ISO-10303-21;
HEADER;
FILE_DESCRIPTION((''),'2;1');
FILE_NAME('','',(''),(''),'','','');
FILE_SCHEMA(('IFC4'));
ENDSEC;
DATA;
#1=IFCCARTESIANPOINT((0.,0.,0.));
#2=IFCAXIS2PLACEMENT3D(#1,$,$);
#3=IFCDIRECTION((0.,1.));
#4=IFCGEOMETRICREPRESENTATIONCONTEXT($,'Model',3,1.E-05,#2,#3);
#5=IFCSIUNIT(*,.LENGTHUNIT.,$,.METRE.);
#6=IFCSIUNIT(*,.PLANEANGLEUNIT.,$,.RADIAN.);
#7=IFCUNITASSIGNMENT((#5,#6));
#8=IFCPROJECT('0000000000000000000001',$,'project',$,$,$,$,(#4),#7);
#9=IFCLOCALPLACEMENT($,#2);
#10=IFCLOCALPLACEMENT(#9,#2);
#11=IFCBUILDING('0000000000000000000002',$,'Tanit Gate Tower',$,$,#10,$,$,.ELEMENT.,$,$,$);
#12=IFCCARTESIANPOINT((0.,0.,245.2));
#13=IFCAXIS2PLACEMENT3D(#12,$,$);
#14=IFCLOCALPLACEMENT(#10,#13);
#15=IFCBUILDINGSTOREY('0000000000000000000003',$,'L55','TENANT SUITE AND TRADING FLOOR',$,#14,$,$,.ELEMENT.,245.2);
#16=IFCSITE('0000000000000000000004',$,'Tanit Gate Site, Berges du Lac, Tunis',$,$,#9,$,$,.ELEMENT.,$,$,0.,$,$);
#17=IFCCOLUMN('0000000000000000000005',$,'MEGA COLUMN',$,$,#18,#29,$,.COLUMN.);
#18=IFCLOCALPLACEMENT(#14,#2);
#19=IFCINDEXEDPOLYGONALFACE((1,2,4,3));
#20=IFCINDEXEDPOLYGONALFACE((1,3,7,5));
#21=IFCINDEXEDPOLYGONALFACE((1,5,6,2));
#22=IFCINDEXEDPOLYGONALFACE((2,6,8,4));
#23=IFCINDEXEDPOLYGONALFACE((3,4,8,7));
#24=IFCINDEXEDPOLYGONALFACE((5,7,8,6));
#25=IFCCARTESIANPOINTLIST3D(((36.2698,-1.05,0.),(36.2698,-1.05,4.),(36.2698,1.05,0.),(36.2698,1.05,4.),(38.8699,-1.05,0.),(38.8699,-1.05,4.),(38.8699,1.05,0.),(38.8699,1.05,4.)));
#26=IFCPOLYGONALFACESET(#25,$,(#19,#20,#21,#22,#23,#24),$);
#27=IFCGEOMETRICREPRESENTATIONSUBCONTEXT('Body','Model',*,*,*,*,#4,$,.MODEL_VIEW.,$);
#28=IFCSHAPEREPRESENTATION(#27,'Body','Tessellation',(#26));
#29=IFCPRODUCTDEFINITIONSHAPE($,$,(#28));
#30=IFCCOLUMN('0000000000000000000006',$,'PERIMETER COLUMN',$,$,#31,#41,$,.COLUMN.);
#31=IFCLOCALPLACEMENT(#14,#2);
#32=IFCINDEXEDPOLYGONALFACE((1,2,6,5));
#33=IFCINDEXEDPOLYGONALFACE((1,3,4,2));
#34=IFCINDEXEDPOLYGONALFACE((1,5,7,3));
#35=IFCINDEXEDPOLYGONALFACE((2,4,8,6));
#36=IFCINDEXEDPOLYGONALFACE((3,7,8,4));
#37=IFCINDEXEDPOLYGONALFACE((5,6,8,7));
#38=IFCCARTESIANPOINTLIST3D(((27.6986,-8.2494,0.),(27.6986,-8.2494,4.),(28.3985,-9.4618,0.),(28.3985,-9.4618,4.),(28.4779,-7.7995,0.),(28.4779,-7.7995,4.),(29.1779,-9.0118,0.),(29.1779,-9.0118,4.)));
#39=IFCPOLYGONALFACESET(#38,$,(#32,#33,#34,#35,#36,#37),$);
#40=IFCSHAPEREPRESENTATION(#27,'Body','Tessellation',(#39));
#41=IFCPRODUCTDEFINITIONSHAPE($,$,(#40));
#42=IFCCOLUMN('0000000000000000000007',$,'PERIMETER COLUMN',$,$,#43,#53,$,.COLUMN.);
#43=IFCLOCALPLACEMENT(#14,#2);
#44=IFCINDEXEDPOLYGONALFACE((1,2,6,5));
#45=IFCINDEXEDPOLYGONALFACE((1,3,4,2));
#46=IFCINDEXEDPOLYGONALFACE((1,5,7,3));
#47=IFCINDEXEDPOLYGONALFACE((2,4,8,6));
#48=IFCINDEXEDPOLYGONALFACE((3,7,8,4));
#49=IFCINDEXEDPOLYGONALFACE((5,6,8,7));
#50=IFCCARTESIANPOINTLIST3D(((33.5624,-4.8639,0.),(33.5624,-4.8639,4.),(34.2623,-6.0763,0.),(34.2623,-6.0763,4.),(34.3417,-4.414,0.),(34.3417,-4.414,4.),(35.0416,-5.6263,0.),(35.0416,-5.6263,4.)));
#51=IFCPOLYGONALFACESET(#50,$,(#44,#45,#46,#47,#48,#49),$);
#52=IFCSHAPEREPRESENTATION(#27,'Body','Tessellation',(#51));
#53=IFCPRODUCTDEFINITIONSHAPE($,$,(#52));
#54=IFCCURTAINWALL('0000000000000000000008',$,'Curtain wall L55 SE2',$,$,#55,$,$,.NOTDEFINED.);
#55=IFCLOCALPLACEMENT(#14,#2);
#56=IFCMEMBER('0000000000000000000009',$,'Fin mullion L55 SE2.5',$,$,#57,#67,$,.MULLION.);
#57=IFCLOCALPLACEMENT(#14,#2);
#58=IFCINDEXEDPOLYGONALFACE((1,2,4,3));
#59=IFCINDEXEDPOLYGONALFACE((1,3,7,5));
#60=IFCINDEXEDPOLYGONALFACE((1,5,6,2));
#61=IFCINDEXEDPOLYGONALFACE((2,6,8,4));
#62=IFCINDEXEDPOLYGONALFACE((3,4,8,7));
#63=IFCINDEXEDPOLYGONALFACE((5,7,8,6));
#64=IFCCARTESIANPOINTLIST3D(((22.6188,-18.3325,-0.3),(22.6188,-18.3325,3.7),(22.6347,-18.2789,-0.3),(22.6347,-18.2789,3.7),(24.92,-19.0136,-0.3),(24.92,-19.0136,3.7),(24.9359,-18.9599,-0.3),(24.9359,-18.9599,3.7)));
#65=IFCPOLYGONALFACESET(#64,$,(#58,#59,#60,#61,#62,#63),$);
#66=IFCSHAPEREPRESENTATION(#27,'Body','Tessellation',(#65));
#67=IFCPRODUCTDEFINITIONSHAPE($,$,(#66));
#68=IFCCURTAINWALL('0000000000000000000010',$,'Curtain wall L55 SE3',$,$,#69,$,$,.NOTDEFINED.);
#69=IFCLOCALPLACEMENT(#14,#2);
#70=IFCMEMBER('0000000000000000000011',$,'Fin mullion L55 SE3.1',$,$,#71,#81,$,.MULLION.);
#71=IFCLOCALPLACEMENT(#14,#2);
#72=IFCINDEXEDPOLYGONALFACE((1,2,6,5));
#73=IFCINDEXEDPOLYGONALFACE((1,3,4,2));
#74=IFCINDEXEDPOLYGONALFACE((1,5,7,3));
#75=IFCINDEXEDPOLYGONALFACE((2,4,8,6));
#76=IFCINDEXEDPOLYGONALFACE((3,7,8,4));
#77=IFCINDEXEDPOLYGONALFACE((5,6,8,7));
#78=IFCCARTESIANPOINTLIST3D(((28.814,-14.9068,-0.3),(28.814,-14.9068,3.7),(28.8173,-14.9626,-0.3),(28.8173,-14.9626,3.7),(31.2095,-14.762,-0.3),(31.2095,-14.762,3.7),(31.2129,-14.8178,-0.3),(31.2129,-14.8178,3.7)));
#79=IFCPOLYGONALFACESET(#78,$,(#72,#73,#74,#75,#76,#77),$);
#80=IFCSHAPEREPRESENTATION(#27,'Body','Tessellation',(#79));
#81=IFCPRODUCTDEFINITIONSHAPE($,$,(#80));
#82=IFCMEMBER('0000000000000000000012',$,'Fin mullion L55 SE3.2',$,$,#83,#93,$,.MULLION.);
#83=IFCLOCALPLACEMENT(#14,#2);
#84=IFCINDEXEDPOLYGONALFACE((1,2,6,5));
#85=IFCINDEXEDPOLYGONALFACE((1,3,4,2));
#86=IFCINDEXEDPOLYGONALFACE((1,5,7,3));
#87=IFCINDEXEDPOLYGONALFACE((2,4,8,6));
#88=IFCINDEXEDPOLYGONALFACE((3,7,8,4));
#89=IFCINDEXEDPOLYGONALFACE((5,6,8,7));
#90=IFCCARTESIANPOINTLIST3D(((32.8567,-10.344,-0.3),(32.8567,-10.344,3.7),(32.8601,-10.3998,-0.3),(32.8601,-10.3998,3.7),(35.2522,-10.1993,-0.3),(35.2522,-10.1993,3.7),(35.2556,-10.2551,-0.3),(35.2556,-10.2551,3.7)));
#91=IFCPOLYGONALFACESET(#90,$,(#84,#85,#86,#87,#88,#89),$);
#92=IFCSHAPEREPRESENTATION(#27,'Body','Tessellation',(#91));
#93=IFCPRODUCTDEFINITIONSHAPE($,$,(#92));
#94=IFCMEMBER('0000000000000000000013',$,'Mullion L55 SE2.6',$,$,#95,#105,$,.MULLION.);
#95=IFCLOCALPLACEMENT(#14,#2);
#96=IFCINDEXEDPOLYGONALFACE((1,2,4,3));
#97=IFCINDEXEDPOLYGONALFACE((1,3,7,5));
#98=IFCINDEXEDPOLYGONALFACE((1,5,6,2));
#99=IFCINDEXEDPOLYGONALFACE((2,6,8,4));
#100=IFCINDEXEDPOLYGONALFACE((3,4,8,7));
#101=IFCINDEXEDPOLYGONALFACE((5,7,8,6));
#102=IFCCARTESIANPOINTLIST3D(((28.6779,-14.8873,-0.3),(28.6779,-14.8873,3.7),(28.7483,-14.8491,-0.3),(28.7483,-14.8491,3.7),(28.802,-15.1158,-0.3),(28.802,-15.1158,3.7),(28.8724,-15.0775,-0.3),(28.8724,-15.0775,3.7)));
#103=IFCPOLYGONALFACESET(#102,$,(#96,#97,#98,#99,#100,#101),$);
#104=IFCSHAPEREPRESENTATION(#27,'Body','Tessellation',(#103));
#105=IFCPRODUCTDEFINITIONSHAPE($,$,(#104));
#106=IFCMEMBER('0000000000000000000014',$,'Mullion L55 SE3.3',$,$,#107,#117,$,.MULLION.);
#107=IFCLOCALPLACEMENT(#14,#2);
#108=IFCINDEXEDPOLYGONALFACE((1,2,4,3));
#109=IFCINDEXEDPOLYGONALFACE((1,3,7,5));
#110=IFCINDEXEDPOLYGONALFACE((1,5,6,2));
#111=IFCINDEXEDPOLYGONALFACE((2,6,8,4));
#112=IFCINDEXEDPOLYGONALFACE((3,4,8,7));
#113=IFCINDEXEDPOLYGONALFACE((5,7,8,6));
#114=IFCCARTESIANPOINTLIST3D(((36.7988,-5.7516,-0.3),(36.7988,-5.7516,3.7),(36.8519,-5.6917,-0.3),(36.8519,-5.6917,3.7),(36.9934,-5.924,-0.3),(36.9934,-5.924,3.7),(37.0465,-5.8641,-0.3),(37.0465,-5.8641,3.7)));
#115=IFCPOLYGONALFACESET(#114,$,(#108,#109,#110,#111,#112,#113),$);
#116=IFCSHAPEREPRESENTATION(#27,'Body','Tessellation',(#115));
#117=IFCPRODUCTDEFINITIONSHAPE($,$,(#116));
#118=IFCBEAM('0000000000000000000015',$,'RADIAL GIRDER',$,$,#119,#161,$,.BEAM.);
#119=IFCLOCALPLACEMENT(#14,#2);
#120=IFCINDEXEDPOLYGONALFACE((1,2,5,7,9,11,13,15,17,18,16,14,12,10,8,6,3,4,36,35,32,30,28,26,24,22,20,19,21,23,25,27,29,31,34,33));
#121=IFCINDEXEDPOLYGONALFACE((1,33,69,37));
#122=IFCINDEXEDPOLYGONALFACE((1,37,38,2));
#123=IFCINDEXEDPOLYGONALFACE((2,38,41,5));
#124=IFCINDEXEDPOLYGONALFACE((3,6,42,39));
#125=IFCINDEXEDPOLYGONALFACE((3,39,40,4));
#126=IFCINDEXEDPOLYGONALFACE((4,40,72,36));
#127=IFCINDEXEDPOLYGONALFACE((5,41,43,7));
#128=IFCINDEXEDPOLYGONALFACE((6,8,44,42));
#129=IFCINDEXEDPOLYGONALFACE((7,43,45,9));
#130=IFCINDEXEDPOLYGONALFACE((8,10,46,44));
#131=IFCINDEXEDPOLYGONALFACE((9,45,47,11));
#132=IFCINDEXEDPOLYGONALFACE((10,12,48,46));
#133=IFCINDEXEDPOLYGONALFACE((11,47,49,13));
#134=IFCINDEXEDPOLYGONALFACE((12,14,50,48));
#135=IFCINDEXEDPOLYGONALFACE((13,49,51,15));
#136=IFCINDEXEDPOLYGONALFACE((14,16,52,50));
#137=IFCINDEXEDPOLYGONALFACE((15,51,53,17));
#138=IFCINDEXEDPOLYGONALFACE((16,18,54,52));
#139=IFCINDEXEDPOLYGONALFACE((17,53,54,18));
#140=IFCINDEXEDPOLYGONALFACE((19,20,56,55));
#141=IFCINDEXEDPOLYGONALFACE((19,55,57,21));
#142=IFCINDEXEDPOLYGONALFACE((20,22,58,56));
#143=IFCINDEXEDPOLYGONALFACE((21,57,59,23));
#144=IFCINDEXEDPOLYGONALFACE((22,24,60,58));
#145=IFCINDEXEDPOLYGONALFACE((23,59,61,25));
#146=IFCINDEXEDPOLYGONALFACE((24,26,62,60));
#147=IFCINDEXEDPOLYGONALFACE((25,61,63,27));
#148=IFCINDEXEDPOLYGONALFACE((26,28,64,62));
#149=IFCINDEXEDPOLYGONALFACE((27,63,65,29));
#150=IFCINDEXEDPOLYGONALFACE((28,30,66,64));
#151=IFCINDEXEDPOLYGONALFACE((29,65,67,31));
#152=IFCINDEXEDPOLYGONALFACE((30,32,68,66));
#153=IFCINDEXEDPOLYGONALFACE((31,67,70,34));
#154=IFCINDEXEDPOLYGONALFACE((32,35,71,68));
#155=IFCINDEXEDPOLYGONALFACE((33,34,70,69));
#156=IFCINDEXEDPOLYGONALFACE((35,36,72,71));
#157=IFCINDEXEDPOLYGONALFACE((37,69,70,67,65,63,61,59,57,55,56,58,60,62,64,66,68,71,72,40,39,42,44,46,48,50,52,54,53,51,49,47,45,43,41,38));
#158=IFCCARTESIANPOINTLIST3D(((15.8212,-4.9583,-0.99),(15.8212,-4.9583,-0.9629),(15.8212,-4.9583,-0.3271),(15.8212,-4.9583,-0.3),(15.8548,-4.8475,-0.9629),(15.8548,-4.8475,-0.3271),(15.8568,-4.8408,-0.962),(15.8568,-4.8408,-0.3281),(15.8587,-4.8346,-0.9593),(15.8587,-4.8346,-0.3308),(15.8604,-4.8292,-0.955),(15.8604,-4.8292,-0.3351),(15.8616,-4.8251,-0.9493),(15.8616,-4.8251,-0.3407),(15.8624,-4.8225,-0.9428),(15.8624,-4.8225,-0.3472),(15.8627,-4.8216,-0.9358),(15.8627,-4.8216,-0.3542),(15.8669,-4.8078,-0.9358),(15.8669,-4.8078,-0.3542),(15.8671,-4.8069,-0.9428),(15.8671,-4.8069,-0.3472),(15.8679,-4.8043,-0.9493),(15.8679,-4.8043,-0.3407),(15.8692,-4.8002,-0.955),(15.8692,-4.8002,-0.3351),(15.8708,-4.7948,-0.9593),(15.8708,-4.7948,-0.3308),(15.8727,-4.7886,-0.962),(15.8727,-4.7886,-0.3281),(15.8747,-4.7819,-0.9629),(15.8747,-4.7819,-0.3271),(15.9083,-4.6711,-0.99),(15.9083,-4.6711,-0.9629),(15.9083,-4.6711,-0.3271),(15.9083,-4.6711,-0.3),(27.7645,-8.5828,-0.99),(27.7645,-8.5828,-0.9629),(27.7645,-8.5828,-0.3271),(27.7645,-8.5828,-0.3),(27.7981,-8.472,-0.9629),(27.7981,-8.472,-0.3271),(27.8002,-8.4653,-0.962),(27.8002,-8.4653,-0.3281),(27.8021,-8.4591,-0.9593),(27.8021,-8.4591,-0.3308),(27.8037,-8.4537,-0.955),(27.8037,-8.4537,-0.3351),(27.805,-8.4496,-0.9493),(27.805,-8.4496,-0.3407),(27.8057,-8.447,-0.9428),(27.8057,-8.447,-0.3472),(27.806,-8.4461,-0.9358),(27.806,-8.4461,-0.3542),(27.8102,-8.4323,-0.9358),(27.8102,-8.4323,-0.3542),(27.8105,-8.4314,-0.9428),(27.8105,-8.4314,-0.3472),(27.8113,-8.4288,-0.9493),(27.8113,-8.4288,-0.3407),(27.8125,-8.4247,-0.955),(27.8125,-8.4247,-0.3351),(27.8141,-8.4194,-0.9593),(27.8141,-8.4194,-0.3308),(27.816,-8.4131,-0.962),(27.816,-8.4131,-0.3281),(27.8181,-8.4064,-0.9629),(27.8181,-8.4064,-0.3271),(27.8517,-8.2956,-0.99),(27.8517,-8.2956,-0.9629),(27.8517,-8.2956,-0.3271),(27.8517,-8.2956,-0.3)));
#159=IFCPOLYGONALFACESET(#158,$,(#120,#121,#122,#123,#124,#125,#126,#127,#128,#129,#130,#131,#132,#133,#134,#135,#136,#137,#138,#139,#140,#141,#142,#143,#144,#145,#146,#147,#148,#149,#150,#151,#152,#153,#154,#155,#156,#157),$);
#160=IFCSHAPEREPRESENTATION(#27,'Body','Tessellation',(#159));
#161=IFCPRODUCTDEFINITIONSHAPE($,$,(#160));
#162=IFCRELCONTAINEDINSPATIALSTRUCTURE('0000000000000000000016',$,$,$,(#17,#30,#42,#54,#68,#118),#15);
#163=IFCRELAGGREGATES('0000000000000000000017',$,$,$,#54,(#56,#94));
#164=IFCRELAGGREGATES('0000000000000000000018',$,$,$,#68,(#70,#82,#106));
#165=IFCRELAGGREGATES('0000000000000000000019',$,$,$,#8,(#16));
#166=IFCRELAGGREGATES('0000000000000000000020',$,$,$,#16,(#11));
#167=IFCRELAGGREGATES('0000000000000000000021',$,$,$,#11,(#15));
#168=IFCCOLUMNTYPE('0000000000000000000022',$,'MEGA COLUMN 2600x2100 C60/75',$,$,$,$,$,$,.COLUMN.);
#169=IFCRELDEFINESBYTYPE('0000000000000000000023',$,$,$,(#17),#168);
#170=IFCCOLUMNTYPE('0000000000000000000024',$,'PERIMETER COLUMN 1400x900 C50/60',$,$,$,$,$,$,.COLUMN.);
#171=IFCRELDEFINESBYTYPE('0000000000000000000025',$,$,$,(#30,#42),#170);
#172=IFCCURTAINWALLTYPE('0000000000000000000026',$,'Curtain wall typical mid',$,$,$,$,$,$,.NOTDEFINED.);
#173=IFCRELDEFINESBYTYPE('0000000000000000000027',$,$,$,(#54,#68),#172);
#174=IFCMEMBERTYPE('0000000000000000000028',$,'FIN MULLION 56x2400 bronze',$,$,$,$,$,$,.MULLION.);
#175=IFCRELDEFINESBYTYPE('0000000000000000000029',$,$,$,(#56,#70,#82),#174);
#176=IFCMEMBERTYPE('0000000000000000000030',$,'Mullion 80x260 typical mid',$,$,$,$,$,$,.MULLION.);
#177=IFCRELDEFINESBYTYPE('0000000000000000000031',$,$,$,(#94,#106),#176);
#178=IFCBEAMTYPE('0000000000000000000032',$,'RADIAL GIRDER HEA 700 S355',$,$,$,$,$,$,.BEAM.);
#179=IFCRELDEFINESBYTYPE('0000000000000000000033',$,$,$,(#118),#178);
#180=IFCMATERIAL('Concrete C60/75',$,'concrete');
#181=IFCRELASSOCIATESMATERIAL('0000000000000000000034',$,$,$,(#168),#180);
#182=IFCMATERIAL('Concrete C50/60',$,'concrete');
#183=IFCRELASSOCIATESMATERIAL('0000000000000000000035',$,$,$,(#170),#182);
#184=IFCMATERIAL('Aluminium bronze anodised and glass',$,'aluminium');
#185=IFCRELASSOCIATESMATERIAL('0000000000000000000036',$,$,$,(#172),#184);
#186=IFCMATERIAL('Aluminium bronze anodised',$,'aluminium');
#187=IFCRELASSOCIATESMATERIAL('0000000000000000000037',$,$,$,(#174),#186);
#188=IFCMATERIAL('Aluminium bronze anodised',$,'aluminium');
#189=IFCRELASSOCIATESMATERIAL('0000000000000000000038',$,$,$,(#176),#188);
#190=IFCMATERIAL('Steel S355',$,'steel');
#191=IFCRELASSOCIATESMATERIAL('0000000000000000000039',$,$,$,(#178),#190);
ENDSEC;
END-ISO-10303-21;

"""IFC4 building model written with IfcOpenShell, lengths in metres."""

from ifc_helpers import new_model, si_unit, direction, frame, origin, origin_2d, place, context, subcontext, project, spatial, rectangle, i_section, extrude, material, material_profile, profile_set, type_object, element, aggregate, save


model = new_model("IFC4")

# Units and contexts
model_context = context("Model", 3, precision=1e-05, world=origin(), true_north=direction((0.0, 1.0)))
body_context = subcontext(model_context, "Body", "Model", "MODEL_VIEW")
ifc_project = project(units=[si_unit("LENGTHUNIT", "METRE"), si_unit("PLANEANGLEUNIT", "RADIAN")], contexts=[model_context])

# Site, building, storey
site_placement = place(None, origin())
site = spatial("IfcSite", under=ifc_project, at=site_placement, Name="Tanit Gate Site, Berges du Lac, Tunis", CompositionType="ELEMENT", RefElevation=0.0)
building_placement = place(site_placement, origin())
building = spatial("IfcBuilding", under=site, at=building_placement, Name="Tanit Gate Tower", CompositionType="ELEMENT")
storey_placement = place(building_placement, frame((0.0, 0.0, 245.2)))
storey = spatial("IfcBuildingStorey", under=building, at=storey_placement, Name="L55", Description="TENANT SUITE AND TRADING FLOOR", CompositionType="ELEMENT", Elevation=245.2)

# Columns
ifc_material_1 = material(Name="Concrete C60/75", Category="concrete")
ifc_material_profile_1 = material_profile(ifc_material_1, rectangle(XDim=2.6001, YDim=2.1001, at=origin_2d()), Name="RC 2600x2100")
ifc_profile_set_1 = profile_set([ifc_material_profile_1], Name="Concrete C60/75")
column_type_1 = type_object("IfcColumnType", Name="MEGA COLUMN 2600x2100 C60/75", PredefinedType="COLUMN", material=ifc_profile_set_1)
column_placement = place(storey_placement, frame((37.5698, 0.0, 0.0), z_axis=(0.0, 0.0, 1.0), x_axis=(1.0, 0.0, 0.0)))
element("IfcColumn", 1, at=column_placement, inside=storey, type_object=column_type_1, Name="MEGA COLUMN", PredefinedType="COLUMN", context=body_context, shape_type="SweptSolid", body=[
    extrude(rectangle(XDim=2.6001, YDim=2.1001, at=origin_2d()), origin(), (0.0, 0.0, 1.0), 4.0),
])
ifc_material_2 = material(Name="Concrete C50/60", Category="concrete")
ifc_material_profile_2 = material_profile(ifc_material_2, rectangle(XDim=1.3999, YDim=0.8999, at=origin_2d()), Name="RC 1400x900")
ifc_profile_set_2 = profile_set([ifc_material_profile_2], Name="Concrete C50/60")
column_type_2 = type_object("IfcColumnType", Name="PERIMETER COLUMN 1400x900 C50/60", PredefinedType="COLUMN", material=ifc_profile_set_2)
for number, where, z_axis, x_axis, name in (
    (2, (28.4382, -8.6306, 0.0), (0.0, 0.0, 1.0), (0.5, -0.866025, 0.0), "PERIMETER COLUMN"),
    (3, (34.302, -5.2451, 0.0), (0.0, 0.0, 1.0), (0.5, -0.866025, 0.0), "PERIMETER COLUMN"),
):
    element("IfcColumn", number, at=place(storey_placement, frame(where, z_axis=z_axis, x_axis=x_axis)), inside=storey, type_object=column_type_2, Name=name, PredefinedType="COLUMN", context=body_context, shape_type="SweptSolid", body=[
        extrude(rectangle(XDim=1.3999, YDim=0.8999, at=origin_2d()), origin(), (0.0, 0.0, 1.0), 4.0),
    ])

# Curtain wall, member
ifc_material_3 = material(Name="Aluminium bronze anodised and glass", Category="aluminium")
curtain_wall_type = type_object("IfcCurtainWallType", Name="Curtain wall typical mid", PredefinedType="NOTDEFINED", material=ifc_material_3)
curtain_wall_1_placement = place(storey_placement, origin())
curtain_wall_1 = element("IfcCurtainWall", 4, at=curtain_wall_1_placement, inside=storey, type_object=curtain_wall_type, Name="Curtain wall L55 SE2", PredefinedType="NOTDEFINED")
ifc_material_4 = material(Name="Aluminium bronze anodised", Category="aluminium")
ifc_material_profile_3 = material_profile(ifc_material_4, rectangle(XDim=2.3999, YDim=0.0559, at=origin_2d()), Name="56x2400 bronze fin mullion")
ifc_profile_set_3 = profile_set([ifc_material_profile_3], Name="Aluminium bronze anodised")
member_type_1 = type_object("IfcMemberType", Name="FIN MULLION 56x2400 bronze", PredefinedType="MULLION", material=ifc_profile_set_3)
member_1_placement = place(storey_placement, frame((23.7773, -18.6462, -0.3), z_axis=(0.0, 0.0, 1.0), x_axis=(-0.958892, 0.283773, 0.0)))
member_1 = element("IfcMember", 5, at=member_1_placement, type_object=member_type_1, Name="Fin mullion L55 SE2.5", PredefinedType="MULLION", context=body_context, shape_type="SweptSolid", body=[
    extrude(rectangle(XDim=2.3999, YDim=0.0559, at=origin_2d()), origin(), (0.0, 0.0, 1.0), 4.0),
])

# Curtain wall, members
curtain_wall_2_placement = place(storey_placement, origin())
curtain_wall_2 = element("IfcCurtainWall", 6, at=curtain_wall_2_placement, inside=storey, type_object=curtain_wall_type, Name="Curtain wall L55 SE3", PredefinedType="NOTDEFINED")
member_2_placement = place(storey_placement, frame((30.0134, -14.8623, -0.3), z_axis=(0.0, 0.0, 1.0), x_axis=(-0.99818, -0.060305, 0.0)))
member_2 = element("IfcMember", 7, at=member_2_placement, type_object=member_type_1, Name="Fin mullion L55 SE3.1", PredefinedType="MULLION", context=body_context, shape_type="SweptSolid", body=[
    extrude(rectangle(XDim=2.3999, YDim=0.0559, at=origin_2d()), origin(), (0.0, 0.0, 1.0), 4.0),
])
member_3_placement = place(storey_placement, frame((34.0562, -10.2996, -0.3), z_axis=(0.0, 0.0, 1.0), x_axis=(-0.99818, -0.060305, 0.0)))
member_3 = element("IfcMember", 8, at=member_3_placement, type_object=member_type_1, Name="Fin mullion L55 SE3.2", PredefinedType="MULLION", context=body_context, shape_type="SweptSolid", body=[
    extrude(rectangle(XDim=2.3999, YDim=0.0559, at=origin_2d()), origin(), (0.0, 0.0, 1.0), 4.0),
])

# Members
ifc_material_5 = material(Name="Aluminium bronze anodised", Category="aluminium")
ifc_material_profile_4 = material_profile(ifc_material_5, rectangle(XDim=0.26, YDim=0.0801, at=origin_2d()), Name="80x260 bronze mullion")
ifc_profile_set_4 = profile_set([ifc_material_profile_4], Name="Aluminium bronze anodised")
member_type_2 = type_object("IfcMemberType", Name="Mullion 80x260 typical mid", PredefinedType="MULLION", material=ifc_profile_set_4)
member_4_placement = place(storey_placement, frame((28.7751, -14.9824, -0.3), z_axis=(0.0, 0.0, 1.0), x_axis=(-0.477381, 0.878696, 0.0)))
member_4 = element("IfcMember", 9, at=member_4_placement, type_object=member_type_2, Name="Mullion L55 SE2.6", PredefinedType="MULLION", context=body_context, shape_type="SweptSolid", body=[
    extrude(rectangle(XDim=0.26, YDim=0.0801, at=origin_2d()), origin(), (0.0, 0.0, 1.0), 4.0),
])
member_5_placement = place(storey_placement, frame((36.9226, -5.8079, -0.3), z_axis=(0.0, 0.0, 1.0), x_axis=(-0.748462, 0.663178, 0.0)))
member_5 = element("IfcMember", 10, at=member_5_placement, type_object=member_type_2, Name="Mullion L55 SE3.3", PredefinedType="MULLION", context=body_context, shape_type="SweptSolid", body=[
    extrude(rectangle(XDim=0.26, YDim=0.0801, at=origin_2d()), origin(), (0.0, 0.0, 1.0), 4.0),
])

# Beam
ifc_material_6 = material(Name="Steel S355", Category="steel")
ifc_material_profile_5 = material_profile(ifc_material_6, i_section(OverallWidth=0.3, OverallDepth=0.6899, WebThickness=0.0144, FlangeThickness=0.0271, FilletRadius=0.0271, at=origin_2d()), Name="HEA 700")
ifc_profile_set_5 = profile_set([ifc_material_profile_5], Name="Steel S355")
beam_type_1 = type_object("IfcBeamType", Name="RADIAL GIRDER HEA 700 S355", PredefinedType="BEAM", material=ifc_profile_set_5)
beam_1_placement = place(storey_placement, frame((27.8081, -8.4392, -0.645), z_axis=(-0.956906, 0.290397, 0.0), x_axis=(-0.290397, -0.956906, 0.0)))
element("IfcBeam", 11, at=beam_1_placement, inside=storey, type_object=beam_type_1, Name="RADIAL GIRDER", PredefinedType="BEAM", context=body_context, shape_type="SweptSolid", body=[
    extrude(i_section(OverallWidth=0.3, OverallDepth=0.6899, WebThickness=0.0144, FlangeThickness=0.0271, FilletRadius=0.0271, at=origin_2d()), origin(), (0.0, 0.0, 1.0), 12.4812),
])

aggregate(curtain_wall_1, [member_1, member_4])
aggregate(curtain_wall_2, [member_2, member_3, member_5])

save(model, "model.ifc")
